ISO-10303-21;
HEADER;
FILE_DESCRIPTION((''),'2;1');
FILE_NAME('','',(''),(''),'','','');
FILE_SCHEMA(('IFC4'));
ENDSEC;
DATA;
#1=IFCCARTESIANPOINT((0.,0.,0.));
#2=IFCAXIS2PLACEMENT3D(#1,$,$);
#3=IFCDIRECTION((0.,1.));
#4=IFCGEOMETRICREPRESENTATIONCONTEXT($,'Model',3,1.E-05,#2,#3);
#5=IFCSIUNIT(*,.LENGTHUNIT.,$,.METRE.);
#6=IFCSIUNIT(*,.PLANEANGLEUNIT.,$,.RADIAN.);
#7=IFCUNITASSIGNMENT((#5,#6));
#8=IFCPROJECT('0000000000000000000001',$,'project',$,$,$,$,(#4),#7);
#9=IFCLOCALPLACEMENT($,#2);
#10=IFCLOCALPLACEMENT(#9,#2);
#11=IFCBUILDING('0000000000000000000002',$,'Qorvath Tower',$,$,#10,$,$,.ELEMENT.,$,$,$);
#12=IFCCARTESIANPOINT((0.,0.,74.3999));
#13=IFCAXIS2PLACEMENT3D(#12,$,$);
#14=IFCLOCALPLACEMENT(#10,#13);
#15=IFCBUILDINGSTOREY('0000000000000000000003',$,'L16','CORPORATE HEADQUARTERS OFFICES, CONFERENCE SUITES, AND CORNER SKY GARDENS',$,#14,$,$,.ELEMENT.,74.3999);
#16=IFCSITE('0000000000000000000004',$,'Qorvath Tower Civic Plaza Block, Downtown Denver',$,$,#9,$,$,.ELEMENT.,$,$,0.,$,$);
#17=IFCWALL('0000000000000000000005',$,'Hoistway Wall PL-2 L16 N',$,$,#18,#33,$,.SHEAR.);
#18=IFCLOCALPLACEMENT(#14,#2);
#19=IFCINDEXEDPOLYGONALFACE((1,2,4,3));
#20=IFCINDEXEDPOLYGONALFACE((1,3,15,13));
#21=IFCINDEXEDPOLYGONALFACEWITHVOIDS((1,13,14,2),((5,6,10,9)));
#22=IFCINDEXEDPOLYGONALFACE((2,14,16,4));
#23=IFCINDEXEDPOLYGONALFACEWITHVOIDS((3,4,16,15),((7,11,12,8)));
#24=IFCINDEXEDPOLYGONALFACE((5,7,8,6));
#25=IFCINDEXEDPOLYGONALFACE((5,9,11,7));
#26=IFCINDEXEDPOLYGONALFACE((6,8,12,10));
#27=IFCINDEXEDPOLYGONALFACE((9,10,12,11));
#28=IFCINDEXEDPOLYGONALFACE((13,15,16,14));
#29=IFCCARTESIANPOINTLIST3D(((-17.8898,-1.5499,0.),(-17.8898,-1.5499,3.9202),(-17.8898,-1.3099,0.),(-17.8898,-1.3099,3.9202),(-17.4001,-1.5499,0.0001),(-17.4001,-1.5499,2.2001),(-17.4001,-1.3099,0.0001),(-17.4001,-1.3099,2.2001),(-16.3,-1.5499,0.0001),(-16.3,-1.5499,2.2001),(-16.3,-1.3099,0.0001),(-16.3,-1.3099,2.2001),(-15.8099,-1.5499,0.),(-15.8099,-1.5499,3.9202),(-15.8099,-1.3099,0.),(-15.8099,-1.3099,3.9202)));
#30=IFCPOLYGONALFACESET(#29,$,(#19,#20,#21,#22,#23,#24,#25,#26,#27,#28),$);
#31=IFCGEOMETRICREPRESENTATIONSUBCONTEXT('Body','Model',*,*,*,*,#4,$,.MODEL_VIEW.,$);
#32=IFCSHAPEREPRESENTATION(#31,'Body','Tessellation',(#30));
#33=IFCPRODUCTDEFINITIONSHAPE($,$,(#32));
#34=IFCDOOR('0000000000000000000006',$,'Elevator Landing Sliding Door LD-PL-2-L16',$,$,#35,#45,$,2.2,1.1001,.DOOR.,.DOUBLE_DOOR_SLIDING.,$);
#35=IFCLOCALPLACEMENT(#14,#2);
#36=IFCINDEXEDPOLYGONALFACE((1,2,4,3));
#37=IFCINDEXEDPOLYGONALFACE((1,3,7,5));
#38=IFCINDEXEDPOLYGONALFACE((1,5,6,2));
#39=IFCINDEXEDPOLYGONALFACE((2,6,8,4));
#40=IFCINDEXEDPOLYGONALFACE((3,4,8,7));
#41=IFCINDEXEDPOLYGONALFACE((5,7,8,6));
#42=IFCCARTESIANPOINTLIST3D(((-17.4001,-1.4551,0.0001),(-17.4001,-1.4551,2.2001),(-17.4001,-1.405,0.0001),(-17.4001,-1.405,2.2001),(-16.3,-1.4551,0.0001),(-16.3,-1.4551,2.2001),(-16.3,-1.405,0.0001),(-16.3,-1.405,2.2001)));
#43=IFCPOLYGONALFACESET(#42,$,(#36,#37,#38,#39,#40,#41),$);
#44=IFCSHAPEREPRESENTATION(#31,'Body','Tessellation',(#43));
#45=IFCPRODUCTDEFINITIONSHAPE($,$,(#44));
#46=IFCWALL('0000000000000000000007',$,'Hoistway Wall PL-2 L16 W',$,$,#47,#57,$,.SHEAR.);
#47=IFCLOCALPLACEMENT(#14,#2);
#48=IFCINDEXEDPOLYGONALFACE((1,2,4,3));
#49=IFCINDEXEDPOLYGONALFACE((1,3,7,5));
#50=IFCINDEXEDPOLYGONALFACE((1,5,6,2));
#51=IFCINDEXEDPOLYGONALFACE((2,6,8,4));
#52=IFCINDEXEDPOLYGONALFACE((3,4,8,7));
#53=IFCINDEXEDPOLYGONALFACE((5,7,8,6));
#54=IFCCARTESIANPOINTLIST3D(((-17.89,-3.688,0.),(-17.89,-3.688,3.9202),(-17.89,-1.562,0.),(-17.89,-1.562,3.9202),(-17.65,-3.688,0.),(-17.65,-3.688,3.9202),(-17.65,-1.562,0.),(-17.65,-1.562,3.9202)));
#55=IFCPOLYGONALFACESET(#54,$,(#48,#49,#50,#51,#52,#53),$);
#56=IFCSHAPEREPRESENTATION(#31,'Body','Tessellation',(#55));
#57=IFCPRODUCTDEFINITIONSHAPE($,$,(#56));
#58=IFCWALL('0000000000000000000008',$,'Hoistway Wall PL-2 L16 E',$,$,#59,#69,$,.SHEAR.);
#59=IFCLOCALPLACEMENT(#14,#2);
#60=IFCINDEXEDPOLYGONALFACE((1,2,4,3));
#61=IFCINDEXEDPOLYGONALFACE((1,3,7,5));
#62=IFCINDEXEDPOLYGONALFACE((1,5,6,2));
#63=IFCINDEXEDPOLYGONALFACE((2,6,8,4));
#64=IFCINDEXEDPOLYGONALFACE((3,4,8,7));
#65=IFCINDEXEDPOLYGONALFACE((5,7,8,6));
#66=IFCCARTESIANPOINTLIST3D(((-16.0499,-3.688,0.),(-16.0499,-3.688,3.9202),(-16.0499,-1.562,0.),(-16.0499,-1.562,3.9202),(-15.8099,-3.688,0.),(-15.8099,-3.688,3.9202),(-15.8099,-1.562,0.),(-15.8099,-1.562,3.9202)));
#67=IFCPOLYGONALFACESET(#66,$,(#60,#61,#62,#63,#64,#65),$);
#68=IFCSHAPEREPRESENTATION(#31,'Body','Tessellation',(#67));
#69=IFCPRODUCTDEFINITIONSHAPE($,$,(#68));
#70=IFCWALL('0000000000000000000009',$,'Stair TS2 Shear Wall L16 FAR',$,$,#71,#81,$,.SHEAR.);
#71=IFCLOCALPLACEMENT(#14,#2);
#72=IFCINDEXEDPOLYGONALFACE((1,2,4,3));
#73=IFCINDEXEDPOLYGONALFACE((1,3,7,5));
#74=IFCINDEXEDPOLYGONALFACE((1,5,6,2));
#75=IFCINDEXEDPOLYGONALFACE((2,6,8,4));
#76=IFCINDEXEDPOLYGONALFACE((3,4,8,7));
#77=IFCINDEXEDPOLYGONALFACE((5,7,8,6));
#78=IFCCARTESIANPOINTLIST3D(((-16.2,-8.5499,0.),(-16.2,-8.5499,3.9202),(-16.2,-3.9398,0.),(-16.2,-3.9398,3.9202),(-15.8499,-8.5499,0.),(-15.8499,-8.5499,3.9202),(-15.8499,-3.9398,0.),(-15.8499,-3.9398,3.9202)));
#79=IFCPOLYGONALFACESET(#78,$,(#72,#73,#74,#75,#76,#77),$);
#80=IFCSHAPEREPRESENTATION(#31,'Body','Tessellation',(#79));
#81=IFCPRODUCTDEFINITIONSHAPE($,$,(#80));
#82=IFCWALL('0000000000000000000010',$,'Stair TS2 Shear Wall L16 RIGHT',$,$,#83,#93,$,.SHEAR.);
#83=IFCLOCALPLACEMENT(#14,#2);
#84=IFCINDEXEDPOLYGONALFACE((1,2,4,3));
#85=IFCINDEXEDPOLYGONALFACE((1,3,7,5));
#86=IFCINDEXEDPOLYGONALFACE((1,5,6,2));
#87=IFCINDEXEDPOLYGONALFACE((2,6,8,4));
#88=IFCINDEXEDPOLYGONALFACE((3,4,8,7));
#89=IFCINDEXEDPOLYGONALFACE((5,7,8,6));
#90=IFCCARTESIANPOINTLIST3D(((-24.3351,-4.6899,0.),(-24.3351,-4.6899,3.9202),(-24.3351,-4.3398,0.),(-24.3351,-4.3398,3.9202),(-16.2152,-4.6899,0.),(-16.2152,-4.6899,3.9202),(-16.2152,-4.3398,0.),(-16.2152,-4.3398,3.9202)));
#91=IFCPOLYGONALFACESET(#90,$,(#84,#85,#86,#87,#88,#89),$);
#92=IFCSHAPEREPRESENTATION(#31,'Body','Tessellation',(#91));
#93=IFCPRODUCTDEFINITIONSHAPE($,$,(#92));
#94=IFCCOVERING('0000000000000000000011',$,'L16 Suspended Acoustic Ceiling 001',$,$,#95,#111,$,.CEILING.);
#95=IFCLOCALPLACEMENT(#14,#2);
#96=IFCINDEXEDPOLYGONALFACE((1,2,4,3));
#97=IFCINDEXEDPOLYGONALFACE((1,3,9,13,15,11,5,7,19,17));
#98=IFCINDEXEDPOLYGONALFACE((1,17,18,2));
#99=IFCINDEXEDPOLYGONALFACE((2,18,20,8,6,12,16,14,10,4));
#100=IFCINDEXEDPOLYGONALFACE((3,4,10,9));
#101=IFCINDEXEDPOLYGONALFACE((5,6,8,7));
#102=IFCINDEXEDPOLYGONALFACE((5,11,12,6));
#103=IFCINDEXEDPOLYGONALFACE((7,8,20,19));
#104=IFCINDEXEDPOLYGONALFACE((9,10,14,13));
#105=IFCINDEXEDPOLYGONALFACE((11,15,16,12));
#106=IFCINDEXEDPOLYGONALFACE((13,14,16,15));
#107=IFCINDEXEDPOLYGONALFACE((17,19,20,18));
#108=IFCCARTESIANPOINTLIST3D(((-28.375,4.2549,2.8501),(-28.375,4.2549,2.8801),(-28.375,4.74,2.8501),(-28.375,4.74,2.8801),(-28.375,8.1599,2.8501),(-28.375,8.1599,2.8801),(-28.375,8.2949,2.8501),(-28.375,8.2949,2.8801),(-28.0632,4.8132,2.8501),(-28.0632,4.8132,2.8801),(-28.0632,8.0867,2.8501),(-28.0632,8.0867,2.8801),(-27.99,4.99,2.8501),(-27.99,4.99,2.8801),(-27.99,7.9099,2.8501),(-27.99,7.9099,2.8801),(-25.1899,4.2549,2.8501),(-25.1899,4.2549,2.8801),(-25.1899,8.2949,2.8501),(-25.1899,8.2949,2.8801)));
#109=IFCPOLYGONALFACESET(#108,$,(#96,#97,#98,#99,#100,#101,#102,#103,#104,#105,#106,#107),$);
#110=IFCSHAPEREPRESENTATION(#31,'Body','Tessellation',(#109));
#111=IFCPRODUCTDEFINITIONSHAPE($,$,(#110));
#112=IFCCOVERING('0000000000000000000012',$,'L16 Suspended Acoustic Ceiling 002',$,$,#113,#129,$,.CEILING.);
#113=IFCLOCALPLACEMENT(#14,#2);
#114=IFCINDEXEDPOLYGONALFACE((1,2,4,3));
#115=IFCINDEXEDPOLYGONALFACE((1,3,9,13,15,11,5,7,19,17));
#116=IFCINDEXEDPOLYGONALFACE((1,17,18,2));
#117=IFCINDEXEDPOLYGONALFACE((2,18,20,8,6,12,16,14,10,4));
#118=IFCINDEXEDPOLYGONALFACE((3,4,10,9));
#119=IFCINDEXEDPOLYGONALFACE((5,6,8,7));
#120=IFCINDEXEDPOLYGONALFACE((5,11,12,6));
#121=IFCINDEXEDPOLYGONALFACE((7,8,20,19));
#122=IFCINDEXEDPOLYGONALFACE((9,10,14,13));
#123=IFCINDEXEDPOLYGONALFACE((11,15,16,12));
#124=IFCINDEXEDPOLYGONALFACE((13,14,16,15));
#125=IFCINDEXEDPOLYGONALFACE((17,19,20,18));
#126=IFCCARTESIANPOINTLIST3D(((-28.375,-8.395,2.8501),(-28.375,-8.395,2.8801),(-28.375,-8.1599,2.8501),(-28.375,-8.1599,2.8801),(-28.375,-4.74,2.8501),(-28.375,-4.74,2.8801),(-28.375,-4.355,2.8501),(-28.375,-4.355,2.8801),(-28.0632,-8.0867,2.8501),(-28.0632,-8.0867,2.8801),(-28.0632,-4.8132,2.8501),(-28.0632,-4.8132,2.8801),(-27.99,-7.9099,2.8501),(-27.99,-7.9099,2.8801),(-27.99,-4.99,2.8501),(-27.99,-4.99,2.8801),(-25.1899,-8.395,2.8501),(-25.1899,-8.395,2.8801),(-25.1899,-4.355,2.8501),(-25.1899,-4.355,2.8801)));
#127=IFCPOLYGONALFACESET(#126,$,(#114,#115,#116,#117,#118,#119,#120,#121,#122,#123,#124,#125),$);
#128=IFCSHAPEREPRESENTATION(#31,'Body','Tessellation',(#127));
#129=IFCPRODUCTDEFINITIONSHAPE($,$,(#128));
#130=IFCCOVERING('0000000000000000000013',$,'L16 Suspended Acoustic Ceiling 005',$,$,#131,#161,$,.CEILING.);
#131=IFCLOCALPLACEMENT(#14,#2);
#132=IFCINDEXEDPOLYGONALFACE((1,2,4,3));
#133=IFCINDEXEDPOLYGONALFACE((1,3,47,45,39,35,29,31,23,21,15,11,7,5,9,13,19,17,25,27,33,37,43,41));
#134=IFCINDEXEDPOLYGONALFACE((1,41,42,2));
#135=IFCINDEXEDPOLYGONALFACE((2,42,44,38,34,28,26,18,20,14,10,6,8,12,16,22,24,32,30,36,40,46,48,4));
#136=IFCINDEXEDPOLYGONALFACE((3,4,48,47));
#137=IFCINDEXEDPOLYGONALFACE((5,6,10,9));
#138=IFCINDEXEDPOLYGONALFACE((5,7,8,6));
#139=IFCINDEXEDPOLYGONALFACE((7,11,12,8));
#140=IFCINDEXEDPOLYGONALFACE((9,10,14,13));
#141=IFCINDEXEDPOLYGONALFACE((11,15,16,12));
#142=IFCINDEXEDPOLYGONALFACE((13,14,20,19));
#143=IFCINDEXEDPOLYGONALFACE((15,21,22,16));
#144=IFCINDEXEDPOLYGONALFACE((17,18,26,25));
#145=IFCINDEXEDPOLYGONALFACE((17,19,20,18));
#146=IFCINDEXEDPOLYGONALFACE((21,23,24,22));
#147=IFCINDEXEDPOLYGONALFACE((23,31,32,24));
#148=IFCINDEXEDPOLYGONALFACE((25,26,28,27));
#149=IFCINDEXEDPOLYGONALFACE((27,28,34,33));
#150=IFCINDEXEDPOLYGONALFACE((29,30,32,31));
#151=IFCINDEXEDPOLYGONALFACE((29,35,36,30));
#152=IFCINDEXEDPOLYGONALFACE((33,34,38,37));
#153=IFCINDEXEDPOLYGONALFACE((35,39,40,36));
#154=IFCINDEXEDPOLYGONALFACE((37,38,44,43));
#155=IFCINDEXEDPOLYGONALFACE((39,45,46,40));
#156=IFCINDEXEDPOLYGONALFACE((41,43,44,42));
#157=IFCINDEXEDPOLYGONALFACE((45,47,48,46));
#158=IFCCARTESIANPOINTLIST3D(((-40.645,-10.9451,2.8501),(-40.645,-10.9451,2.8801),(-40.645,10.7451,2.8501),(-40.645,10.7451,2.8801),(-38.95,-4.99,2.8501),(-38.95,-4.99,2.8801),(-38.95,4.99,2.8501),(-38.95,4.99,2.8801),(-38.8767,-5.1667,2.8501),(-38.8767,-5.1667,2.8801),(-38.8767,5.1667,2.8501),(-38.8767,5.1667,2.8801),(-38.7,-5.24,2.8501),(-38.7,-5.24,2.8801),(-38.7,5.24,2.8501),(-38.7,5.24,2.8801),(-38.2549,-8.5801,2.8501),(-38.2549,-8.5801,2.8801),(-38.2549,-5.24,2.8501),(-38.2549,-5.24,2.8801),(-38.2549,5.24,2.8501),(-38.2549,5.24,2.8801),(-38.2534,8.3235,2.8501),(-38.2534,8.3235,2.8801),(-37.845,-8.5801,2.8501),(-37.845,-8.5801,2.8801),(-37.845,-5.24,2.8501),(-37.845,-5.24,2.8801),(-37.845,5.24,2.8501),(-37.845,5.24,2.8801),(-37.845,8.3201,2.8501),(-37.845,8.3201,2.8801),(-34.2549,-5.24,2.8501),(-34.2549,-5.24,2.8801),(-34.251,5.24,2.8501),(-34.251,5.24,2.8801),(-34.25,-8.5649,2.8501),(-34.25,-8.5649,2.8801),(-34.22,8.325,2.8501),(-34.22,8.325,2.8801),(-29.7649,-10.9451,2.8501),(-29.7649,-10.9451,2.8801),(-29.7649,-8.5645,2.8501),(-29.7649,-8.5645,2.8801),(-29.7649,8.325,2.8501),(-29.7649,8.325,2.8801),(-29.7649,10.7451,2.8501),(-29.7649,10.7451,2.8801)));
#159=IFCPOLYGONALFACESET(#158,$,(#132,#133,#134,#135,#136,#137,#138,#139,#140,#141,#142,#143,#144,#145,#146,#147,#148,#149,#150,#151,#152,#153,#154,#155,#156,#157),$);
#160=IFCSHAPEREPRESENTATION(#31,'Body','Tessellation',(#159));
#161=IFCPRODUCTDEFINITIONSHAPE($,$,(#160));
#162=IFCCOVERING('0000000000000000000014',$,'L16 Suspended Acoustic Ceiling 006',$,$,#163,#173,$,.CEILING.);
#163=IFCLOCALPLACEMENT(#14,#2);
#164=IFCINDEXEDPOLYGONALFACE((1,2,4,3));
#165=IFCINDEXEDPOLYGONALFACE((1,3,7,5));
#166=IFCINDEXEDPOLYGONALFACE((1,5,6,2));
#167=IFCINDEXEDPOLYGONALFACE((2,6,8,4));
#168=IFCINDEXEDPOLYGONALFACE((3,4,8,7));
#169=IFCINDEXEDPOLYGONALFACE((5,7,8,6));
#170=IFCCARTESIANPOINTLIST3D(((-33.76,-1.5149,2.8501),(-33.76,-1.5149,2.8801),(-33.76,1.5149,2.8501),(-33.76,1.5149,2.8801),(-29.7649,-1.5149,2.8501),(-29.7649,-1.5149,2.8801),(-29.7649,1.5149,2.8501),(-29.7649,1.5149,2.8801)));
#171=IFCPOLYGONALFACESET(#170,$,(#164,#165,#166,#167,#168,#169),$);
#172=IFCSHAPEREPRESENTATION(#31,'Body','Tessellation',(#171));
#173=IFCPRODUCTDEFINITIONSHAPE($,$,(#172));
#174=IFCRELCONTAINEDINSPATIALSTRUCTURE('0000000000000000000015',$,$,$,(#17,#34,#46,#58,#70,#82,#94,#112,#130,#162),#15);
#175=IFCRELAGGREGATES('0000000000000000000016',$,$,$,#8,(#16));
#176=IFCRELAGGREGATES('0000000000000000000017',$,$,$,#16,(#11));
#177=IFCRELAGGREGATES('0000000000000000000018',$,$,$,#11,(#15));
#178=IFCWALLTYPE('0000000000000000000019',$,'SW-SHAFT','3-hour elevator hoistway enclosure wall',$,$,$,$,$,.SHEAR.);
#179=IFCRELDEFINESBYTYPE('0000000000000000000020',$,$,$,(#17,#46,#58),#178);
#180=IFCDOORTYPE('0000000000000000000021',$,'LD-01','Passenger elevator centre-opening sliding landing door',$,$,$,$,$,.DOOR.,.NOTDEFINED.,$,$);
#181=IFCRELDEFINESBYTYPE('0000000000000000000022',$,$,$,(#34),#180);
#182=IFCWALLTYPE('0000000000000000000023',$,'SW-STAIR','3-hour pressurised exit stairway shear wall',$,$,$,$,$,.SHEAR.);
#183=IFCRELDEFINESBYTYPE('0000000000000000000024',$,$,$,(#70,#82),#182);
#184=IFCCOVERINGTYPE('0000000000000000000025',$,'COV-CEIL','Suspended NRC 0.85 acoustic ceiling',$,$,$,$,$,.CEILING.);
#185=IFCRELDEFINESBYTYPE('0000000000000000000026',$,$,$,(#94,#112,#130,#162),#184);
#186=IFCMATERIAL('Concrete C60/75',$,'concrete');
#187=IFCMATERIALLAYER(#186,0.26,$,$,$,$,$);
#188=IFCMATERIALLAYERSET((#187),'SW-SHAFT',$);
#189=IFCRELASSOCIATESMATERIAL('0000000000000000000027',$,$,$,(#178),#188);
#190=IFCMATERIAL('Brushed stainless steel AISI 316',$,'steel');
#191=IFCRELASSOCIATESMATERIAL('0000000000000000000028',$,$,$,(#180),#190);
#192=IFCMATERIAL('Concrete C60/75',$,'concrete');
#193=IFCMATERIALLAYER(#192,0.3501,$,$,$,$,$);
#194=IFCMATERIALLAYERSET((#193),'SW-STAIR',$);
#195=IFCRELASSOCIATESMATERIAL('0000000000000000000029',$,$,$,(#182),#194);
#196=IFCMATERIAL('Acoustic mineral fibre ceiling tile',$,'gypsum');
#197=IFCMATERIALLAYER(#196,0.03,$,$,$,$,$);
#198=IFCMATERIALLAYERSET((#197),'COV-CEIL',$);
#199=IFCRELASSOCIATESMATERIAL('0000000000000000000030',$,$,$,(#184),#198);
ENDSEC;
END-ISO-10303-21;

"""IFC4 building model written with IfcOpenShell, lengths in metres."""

from ifc_helpers import new_model, si_unit, direction, frame, frame_2d, origin, place, context, subcontext, project, spatial, polyline, rectangle, outline, extrude, material, layer, layer_set, type_object, element, fill, save


model = new_model("IFC4")

# Units and contexts
model_context = context("Model", 3, precision=1e-05, world=origin(), true_north=direction((0.0, 1.0)))
body_context = subcontext(model_context, "Body", "Model", "MODEL_VIEW")
ifc_project = project(units=[si_unit("LENGTHUNIT", "METRE"), si_unit("PLANEANGLEUNIT", "RADIAN")], contexts=[model_context])

# Site, building, storey
site_placement = place(None, origin())
site = spatial("IfcSite", under=ifc_project, at=site_placement, Name="Qorvath Tower Civic Plaza Block, Downtown Denver", CompositionType="ELEMENT", RefElevation=0.0)
building_placement = place(site_placement, origin())
building = spatial("IfcBuilding", under=site, at=building_placement, Name="Qorvath Tower", CompositionType="ELEMENT")
storey_placement = place(building_placement, frame((0.0, 0.0, 74.3999)))
storey = spatial("IfcBuildingStorey", under=building, at=storey_placement, Name="L16", Description="CORPORATE HEADQUARTERS OFFICES, CONFERENCE SUITES, AND CORNER SKY GARDENS", CompositionType="ELEMENT", Elevation=74.3999)

# Shared definitions
ifc_material_1 = material(Name="Concrete C60/75", Category="concrete")
ifc_layer_1 = layer(ifc_material_1, 0.26)
ifc_layer_set_1 = layer_set([ifc_layer_1], Name="SW-SHAFT")
wall_type_1 = type_object("IfcWallType", Name="SW-SHAFT", Description="3-hour elevator hoistway enclosure wall", PredefinedType="SHEAR", material=ifc_layer_set_1)

# Wall, opening, door
wall_1_placement = place(storey_placement, frame((-17.8899, -1.4299, 0.0), z_axis=(0.0, 0.0, 1.0), x_axis=(1.0, 0.0, 0.0)))
wall_1 = element("IfcWall", 1, at=wall_1_placement, inside=storey, type_object=wall_type_1, Name="Hoistway Wall PL-2 L16 N", PredefinedType="SHEAR", context=body_context, shape_type="SweptSolid", body=[
    extrude(rectangle(XDim=2.0798, YDim=0.24, at=frame_2d((1.04, 0.0))), origin(), (0.0, 0.0, 1.0), 3.9202),
])
opening_1_placement = place(wall_1_placement, frame((0.4897, 0.0, 0.0)))
opening_1 = element("IfcOpeningElement", 2, at=opening_1_placement, cuts=wall_1, PredefinedType="OPENING", context=body_context, shape_type="SweptSolid", body=[
    extrude(rectangle(XDim=1.1001, YDim=2.2, at=frame_2d((0.55, 1.1001))), frame((0.0, 0.1299, 0.0), z_axis=(0.0, -1.0, 0.0), x_axis=(1.0, 0.0, 0.0)), (0.0, 0.0, 1.0), 0.26),
])
ifc_material_2 = material(Name="Brushed stainless steel AISI 316", Category="steel")
door_type_1 = type_object("IfcDoorType", Name="LD-01", Description="Passenger elevator centre-opening sliding landing door", OperationType="NOTDEFINED", PredefinedType="DOOR", material=ifc_material_2)
door_1_placement = place(opening_1_placement, origin())
door_1 = element("IfcDoor", 3, at=door_1_placement, inside=storey, type_object=door_type_1, Name="Elevator Landing Sliding Door LD-PL-2-L16", OperationType="DOUBLE_DOOR_SLIDING", OverallHeight=2.2, OverallWidth=1.1001, PredefinedType="DOOR", context=body_context, shape_type="SweptSolid", body=[
    extrude(rectangle(XDim=1.1001, YDim=2.2, at=frame_2d((0.55, 1.1001))), frame((0.0, 0.0249, 0.0), z_axis=(0.0, -1.0, 0.0), x_axis=(1.0, 0.0, 0.0)), (0.0, 0.0, 1.0), 0.05),
])
fill(opening_1, door_1)

# Walls
for number, where, z_axis, x_axis, name in (
    (4, (-17.77, -3.688, 0.0), (0.0, 0.0, 1.0), (0.0, 1.0, 0.0), "Hoistway Wall PL-2 L16 W"),
    (5, (-15.9299, -1.562, 0.0), (0.0, 0.0, 1.0), (0.0, -1.0, 0.0), "Hoistway Wall PL-2 L16 E"),
):
    element("IfcWall", number, at=place(storey_placement, frame(where, z_axis=z_axis, x_axis=x_axis)), inside=storey, type_object=wall_type_1, Name=name, PredefinedType="SHEAR", context=body_context, shape_type="SweptSolid", body=[
        extrude(rectangle(XDim=2.126, YDim=0.24, at=frame_2d((1.063, 0.0))), origin(), (0.0, 0.0, 1.0), 3.9202),
    ])
ifc_material_3 = material(Name="Concrete C60/75", Category="concrete")
ifc_layer_2 = layer(ifc_material_3, 0.3501)
ifc_layer_set_2 = layer_set([ifc_layer_2], Name="SW-STAIR")
wall_type_2 = type_object("IfcWallType", Name="SW-STAIR", Description="3-hour pressurised exit stairway shear wall", PredefinedType="SHEAR", material=ifc_layer_set_2)
wall_2_placement = place(storey_placement, frame((-16.0249, -8.55, 0.0), z_axis=(0.0, 0.0, 1.0), x_axis=(0.0, 1.0, 0.0)))
element("IfcWall", 6, at=wall_2_placement, inside=storey, type_object=wall_type_2, Name="Stair TS2 Shear Wall L16 FAR", PredefinedType="SHEAR", context=body_context, shape_type="SweptSolid", body=[
    extrude(rectangle(XDim=4.6101, YDim=0.3501, at=frame_2d((2.3052, 0.0))), origin(), (0.0, 0.0, 1.0), 3.9202),
])
wall_3_placement = place(storey_placement, frame((-16.2151, -4.5149, 0.0), z_axis=(0.0, 0.0, 1.0), x_axis=(-1.0, 0.0, 0.0)))
element("IfcWall", 7, at=wall_3_placement, inside=storey, type_object=wall_type_2, Name="Stair TS2 Shear Wall L16 RIGHT", PredefinedType="SHEAR", context=body_context, shape_type="SweptSolid", body=[
    extrude(rectangle(XDim=8.1199, YDim=0.3501, at=frame_2d((4.0601, 0.0))), origin(), (0.0, 0.0, 1.0), 3.9202),
])

# Coverings
ifc_material_4 = material(Name="Acoustic mineral fibre ceiling tile", Category="gypsum")
ifc_layer_3 = layer(ifc_material_4, 0.03)
ifc_layer_set_3 = layer_set([ifc_layer_3], Name="COV-CEIL")
covering_type_1 = type_object("IfcCoveringType", Name="COV-CEIL", Description="Suspended NRC 0.85 acoustic ceiling", PredefinedType="CEILING", material=ifc_layer_set_3)
covering_1_placement = place(storey_placement, frame((0.0, 0.0, 2.8501)))
element("IfcCovering", 8, at=covering_1_placement, inside=storey, type_object=covering_type_1, Name="L16 Suspended Acoustic Ceiling 001", PredefinedType="CEILING", context=body_context, shape_type="SweptSolid", body=[
    extrude(outline(polyline([(-25.1899, 4.2549), (-25.1899, 8.2949), (-28.375, 8.2949), (-28.375, 8.1599), (-28.0632, 8.0867), (-27.99, 7.9099), (-27.99, 4.99), (-28.0632, 4.8132), (-28.375, 4.74), (-28.375, 4.2549), (-25.1899, 4.2549)])), origin(), (0.0, 0.0, 1.0), 0.03),
])
covering_2_placement = place(storey_placement, frame((0.0, 0.0, 2.8501)))
element("IfcCovering", 9, at=covering_2_placement, inside=storey, type_object=covering_type_1, Name="L16 Suspended Acoustic Ceiling 002", PredefinedType="CEILING", context=body_context, shape_type="SweptSolid", body=[
    extrude(outline(polyline([(-25.1899, -8.395), (-25.1899, -4.355), (-28.375, -4.355), (-28.375, -4.74), (-28.0632, -4.8132), (-27.99, -4.99), (-27.99, -7.9099), (-28.0632, -8.0867), (-28.375, -8.1599), (-28.375, -8.395), (-25.1899, -8.395)])), origin(), (0.0, 0.0, 1.0), 0.03),
])
covering_3_placement = place(storey_placement, frame((0.0, 0.0, 2.8501)))
element("IfcCovering", 10, at=covering_3_placement, inside=storey, type_object=covering_type_1, Name="L16 Suspended Acoustic Ceiling 005", PredefinedType="CEILING", context=body_context, shape_type="SweptSolid", body=[
    extrude(outline(polyline([(-29.7649, -10.9451), (-29.7649, -8.5645), (-34.25, -8.5649), (-34.2549, -5.24), (-37.845, -5.24), (-37.845, -8.5801), (-38.2549, -8.5801), (-38.2549, -5.24), (-38.7, -5.24), (-38.8767, -5.1667), (-38.95, -4.99), (-38.95, 4.99), (-38.8767, 5.1667), (-38.7, 5.24), (-38.2549, 5.24), (-38.2534, 8.3235), (-37.845, 8.3201), (-37.845, 5.24), (-34.251, 5.24), (-34.22, 8.325), (-29.7649, 8.325), (-29.7649, 10.7451), (-40.645, 10.7451), (-40.645, -10.9451), (-29.7649, -10.9451)])), origin(), (0.0, 0.0, 1.0), 0.03),
])
covering_4_placement = place(storey_placement, frame((0.0, 0.0, 2.8501)))
element("IfcCovering", 11, at=covering_4_placement, inside=storey, type_object=covering_type_1, Name="L16 Suspended Acoustic Ceiling 006", PredefinedType="CEILING", context=body_context, shape_type="SweptSolid", body=[
    extrude(outline(polyline([(-29.7649, -1.5149), (-29.7649, 1.5149), (-33.76, 1.5149), (-33.76, -1.5149), (-29.7649, -1.5149)])), origin(), (0.0, 0.0, 1.0), 0.03),
])

save(model, "model.ifc")
